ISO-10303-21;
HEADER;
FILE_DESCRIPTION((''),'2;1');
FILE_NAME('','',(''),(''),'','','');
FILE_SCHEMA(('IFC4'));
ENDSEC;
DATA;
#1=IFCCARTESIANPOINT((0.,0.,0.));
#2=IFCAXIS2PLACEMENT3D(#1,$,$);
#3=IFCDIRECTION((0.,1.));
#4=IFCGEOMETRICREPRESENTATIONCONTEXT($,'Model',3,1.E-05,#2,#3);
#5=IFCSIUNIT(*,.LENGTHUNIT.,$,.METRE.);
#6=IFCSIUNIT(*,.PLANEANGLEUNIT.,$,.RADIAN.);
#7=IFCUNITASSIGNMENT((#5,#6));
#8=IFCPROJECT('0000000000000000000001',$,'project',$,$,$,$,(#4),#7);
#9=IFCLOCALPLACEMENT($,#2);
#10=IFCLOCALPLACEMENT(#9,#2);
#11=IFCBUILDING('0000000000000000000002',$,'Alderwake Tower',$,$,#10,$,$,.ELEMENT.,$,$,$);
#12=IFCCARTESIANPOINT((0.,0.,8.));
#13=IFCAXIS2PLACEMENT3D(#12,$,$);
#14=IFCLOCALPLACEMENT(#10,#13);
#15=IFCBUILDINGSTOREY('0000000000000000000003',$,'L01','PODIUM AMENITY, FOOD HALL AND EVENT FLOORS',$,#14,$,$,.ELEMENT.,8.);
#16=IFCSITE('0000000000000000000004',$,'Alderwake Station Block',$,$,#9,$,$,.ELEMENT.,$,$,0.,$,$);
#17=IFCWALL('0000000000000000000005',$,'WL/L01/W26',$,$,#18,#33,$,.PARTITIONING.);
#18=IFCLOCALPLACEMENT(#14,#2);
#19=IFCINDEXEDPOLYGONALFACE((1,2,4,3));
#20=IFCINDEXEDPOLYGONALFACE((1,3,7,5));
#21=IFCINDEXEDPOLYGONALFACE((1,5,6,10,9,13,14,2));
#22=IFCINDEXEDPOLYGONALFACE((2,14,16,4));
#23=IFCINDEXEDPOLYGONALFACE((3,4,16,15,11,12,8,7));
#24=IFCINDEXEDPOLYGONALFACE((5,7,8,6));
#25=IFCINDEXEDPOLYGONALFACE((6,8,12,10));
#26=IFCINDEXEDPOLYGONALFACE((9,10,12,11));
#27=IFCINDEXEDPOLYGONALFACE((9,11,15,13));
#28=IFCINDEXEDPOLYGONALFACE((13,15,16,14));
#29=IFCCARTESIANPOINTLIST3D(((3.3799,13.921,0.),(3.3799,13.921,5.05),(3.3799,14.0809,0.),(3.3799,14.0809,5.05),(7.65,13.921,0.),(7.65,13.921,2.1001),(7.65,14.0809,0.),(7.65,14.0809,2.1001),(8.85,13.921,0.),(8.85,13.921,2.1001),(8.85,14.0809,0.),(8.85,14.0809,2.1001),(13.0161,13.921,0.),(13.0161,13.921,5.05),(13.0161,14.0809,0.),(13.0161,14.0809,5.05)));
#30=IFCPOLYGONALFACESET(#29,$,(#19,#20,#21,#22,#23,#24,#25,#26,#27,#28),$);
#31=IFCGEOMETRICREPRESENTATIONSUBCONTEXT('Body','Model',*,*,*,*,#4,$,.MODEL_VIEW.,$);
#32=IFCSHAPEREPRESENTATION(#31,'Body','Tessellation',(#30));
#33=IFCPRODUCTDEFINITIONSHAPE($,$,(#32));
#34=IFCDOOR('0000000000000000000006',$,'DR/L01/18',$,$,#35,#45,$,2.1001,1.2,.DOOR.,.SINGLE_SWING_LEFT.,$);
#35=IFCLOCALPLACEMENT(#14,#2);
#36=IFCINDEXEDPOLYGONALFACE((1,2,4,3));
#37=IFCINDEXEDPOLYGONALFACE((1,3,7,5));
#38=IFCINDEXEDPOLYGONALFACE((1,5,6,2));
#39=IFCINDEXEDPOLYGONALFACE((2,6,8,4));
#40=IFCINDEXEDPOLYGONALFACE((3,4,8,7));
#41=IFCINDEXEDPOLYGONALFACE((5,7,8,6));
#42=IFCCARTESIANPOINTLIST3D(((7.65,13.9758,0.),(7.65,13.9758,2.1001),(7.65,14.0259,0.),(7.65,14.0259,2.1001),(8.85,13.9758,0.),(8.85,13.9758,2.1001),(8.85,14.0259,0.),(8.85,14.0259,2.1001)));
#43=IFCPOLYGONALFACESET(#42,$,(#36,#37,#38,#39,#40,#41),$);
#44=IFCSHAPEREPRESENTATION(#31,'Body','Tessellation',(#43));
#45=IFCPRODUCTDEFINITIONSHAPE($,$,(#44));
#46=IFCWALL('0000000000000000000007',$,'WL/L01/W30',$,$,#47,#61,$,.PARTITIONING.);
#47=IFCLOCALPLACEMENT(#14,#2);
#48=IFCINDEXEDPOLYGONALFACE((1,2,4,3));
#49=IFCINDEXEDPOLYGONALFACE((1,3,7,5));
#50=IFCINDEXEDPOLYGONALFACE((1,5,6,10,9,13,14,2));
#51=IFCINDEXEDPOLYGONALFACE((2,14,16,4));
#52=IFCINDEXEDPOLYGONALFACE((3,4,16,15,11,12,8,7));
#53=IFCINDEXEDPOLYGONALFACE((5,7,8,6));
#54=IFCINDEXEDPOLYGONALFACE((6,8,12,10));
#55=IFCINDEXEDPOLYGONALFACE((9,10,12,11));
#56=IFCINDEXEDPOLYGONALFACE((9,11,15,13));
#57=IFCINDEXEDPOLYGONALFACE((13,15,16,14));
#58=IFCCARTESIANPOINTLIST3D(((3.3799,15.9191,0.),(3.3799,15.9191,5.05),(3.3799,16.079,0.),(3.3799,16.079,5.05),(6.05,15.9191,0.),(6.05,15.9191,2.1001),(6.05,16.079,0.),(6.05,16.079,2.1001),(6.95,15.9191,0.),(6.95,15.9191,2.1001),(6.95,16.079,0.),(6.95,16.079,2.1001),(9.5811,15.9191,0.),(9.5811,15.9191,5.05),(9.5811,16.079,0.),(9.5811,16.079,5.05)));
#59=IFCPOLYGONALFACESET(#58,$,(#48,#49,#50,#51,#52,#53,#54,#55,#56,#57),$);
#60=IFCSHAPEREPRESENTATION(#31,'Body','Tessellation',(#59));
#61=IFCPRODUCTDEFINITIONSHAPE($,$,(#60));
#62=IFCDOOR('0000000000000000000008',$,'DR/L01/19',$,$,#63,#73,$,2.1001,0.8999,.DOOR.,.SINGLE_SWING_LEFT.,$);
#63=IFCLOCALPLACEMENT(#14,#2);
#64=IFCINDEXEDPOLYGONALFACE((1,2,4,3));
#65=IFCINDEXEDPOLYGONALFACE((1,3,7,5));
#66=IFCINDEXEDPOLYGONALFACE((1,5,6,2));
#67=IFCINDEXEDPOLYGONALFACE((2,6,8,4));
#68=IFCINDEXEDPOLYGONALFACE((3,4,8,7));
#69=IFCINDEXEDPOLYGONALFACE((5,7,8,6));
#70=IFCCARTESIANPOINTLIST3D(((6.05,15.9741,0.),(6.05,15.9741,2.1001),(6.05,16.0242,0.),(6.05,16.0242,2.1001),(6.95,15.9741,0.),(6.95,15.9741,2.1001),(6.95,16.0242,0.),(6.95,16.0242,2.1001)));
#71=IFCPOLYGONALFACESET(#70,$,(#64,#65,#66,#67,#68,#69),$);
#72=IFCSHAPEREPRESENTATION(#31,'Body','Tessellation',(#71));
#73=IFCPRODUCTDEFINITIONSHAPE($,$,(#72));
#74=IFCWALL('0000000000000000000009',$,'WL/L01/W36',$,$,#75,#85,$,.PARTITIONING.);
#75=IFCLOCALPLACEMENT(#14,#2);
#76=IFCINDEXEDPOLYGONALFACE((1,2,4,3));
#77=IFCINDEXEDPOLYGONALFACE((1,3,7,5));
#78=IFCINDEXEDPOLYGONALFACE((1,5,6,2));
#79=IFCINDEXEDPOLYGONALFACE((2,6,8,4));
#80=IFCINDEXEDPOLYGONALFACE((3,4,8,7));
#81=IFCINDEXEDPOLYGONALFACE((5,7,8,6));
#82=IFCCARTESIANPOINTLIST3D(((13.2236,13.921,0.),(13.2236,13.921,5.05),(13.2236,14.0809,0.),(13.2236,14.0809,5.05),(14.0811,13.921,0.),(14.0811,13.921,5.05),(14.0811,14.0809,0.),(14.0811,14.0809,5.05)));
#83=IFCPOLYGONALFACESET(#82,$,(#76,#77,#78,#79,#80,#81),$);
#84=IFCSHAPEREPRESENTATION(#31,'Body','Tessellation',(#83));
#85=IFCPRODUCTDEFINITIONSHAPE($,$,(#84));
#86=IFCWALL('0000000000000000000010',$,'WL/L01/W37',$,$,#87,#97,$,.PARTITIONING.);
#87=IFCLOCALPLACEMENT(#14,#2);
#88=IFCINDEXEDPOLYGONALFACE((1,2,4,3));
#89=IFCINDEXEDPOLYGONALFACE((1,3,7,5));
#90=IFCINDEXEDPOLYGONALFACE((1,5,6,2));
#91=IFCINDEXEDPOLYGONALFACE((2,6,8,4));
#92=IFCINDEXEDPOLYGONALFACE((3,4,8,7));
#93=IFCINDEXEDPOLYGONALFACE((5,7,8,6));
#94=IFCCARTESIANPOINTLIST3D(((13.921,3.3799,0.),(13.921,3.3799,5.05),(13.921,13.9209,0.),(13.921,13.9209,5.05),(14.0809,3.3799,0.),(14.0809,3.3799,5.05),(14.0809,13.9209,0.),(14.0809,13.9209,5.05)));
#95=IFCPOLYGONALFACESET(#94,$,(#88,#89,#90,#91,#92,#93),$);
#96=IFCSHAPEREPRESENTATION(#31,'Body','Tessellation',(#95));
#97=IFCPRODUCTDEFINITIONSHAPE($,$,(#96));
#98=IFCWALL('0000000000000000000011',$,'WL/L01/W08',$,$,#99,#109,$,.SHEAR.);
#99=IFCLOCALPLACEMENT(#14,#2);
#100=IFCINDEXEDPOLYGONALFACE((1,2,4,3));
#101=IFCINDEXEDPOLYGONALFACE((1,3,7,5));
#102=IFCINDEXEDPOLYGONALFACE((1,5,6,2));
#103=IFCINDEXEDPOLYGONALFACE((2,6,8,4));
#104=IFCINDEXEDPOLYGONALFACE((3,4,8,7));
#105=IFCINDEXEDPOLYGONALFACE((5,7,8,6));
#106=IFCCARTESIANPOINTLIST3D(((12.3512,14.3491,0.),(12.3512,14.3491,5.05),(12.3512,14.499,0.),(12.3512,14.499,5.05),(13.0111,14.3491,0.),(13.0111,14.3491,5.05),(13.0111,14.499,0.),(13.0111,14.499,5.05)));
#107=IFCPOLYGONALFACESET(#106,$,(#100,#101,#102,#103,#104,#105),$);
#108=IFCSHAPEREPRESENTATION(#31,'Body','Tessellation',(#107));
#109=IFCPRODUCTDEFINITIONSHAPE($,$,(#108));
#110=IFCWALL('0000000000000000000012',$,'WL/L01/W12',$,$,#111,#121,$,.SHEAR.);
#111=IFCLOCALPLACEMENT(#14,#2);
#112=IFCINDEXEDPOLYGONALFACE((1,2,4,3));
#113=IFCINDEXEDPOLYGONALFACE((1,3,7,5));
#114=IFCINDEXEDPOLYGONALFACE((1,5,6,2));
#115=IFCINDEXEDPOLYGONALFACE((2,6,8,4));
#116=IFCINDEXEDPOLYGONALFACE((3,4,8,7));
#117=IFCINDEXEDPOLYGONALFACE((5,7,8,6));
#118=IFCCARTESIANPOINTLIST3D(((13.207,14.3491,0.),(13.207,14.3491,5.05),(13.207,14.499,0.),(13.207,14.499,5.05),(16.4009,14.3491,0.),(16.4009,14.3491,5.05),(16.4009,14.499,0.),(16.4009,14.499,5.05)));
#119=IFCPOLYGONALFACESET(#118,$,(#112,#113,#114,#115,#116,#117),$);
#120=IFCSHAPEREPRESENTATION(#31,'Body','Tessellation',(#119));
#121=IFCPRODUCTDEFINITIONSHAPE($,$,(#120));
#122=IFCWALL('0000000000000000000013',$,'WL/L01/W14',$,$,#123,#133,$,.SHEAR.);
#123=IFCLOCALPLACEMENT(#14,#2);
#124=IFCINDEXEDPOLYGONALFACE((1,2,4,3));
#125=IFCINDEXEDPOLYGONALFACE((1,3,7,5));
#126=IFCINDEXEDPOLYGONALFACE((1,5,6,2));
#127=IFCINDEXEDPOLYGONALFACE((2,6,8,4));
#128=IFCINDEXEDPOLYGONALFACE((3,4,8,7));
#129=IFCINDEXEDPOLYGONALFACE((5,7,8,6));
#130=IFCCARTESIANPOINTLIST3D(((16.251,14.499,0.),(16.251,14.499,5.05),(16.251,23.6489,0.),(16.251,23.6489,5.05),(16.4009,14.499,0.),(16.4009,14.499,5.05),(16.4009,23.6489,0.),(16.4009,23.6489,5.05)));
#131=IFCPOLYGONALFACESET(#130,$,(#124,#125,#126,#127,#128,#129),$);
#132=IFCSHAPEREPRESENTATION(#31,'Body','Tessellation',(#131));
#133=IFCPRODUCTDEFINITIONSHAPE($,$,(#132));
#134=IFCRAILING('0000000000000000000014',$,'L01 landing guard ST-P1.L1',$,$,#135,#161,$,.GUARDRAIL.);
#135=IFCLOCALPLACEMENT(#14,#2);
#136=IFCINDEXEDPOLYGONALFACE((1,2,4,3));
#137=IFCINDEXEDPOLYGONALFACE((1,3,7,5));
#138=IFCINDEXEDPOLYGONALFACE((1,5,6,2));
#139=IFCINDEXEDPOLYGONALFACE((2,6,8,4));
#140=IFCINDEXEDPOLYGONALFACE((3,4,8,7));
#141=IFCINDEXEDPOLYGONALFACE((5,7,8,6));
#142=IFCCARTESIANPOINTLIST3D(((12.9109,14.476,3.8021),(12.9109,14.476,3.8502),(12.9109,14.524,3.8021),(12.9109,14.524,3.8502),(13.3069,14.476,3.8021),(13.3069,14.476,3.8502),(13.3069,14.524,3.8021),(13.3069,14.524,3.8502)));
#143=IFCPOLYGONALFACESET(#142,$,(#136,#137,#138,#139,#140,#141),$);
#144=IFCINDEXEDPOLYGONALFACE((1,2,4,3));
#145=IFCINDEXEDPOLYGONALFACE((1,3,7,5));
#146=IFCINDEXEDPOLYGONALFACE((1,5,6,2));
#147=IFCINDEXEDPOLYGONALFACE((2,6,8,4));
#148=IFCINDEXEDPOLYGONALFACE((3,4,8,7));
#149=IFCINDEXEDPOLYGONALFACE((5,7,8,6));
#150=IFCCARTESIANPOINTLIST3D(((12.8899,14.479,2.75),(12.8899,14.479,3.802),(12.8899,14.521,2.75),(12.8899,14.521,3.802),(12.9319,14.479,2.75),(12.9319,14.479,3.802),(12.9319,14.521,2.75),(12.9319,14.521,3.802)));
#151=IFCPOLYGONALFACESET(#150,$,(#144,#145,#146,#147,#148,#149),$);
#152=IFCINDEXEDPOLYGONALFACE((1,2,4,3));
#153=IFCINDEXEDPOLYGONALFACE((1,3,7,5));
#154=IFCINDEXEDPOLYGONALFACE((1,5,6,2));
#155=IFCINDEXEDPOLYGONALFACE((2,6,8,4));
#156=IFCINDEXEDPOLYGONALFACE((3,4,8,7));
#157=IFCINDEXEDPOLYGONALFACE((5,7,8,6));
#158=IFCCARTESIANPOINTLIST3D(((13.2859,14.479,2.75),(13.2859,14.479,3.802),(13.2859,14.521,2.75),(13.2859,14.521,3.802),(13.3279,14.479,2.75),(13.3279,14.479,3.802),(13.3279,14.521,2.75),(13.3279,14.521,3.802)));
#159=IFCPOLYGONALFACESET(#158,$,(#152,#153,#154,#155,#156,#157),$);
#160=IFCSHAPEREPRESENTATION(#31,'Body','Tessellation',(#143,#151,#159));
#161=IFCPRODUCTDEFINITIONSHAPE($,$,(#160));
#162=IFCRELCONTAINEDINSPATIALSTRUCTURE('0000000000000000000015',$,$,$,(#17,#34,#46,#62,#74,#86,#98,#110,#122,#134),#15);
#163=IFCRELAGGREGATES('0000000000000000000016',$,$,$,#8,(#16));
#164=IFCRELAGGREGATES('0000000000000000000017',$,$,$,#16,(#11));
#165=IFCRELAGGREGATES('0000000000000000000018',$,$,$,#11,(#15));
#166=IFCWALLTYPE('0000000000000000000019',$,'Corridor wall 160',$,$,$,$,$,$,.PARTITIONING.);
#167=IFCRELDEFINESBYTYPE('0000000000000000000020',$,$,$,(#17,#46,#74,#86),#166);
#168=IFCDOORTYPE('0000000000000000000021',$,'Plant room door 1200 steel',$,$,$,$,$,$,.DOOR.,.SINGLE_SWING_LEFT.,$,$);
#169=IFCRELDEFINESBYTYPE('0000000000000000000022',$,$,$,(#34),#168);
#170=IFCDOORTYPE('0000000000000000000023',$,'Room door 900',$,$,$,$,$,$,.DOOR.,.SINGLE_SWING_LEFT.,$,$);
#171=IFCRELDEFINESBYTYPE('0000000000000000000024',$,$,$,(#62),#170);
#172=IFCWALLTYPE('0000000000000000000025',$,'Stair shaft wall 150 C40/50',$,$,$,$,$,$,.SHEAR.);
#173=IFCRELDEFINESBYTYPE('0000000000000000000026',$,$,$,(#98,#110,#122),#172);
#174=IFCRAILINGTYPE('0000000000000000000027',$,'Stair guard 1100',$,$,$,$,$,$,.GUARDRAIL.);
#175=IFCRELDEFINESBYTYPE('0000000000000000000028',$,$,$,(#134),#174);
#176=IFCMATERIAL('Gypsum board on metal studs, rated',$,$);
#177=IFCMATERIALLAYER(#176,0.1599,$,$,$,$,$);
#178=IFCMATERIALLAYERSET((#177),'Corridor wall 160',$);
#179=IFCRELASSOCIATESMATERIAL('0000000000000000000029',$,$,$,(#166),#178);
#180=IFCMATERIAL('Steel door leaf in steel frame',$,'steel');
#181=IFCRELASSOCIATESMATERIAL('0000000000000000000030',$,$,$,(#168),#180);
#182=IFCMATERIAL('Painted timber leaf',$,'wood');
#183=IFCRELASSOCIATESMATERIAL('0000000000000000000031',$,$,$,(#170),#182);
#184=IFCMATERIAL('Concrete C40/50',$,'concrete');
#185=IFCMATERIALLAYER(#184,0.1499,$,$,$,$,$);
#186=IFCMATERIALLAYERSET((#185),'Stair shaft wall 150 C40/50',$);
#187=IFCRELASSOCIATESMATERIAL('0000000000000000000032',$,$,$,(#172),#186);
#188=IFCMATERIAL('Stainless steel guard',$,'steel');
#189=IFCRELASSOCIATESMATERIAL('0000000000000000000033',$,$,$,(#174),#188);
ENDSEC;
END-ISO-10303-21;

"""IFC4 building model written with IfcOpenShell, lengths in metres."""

from ifc_helpers import new_model, si_unit, direction, frame, frame_2d, origin, origin_with_axes, origin_2d, place, context, subcontext, project, spatial, rectangle, extrude, material, layer, layer_set, type_object, element, fill, save


model = new_model("IFC4")

# Units and contexts
model_context = context("Model", 3, precision=1e-05, world=origin(), true_north=direction((0.0, 1.0)))
body_context = subcontext(model_context, "Body", "Model", "MODEL_VIEW")
ifc_project = project(units=[si_unit("LENGTHUNIT", "METRE"), si_unit("PLANEANGLEUNIT", "RADIAN")], contexts=[model_context])

# Site, building, storey
site_placement = place(None, origin())
site = spatial("IfcSite", under=ifc_project, at=site_placement, Name="Alderwake Station Block", CompositionType="ELEMENT", RefElevation=0.0)
building_placement = place(site_placement, origin())
building = spatial("IfcBuilding", under=site, at=building_placement, Name="Alderwake Tower", CompositionType="ELEMENT")
storey_placement = place(building_placement, frame((0.0, 0.0, 8.0)))
storey = spatial("IfcBuildingStorey", under=building, at=storey_placement, Name="L01", Description="PODIUM AMENITY, FOOD HALL AND EVENT FLOORS", CompositionType="ELEMENT", Elevation=8.0)

# Walls, openings, doors
ifc_material_1 = material(Name="Gypsum board on metal studs, rated")
ifc_layer_1 = layer(ifc_material_1, 0.1599)
ifc_layer_set_1 = layer_set([ifc_layer_1], Name="Corridor wall 160")
wall_type_1 = type_object("IfcWallType", Name="Corridor wall 160", PredefinedType="PARTITIONING", material=ifc_layer_set_1)
wall_1_placement = place(storey_placement, frame((3.3799, 14.001, 0.0), z_axis=(0.0, 0.0, 1.0), x_axis=(1.0, 0.0, 0.0)))
wall_1 = element("IfcWall", 1, at=wall_1_placement, inside=storey, type_object=wall_type_1, Name="WL/L01/W26", PredefinedType="PARTITIONING", context=body_context, shape_type="SweptSolid", body=[
    extrude(rectangle(XDim=9.6362, YDim=0.1599, at=frame_2d((4.8181, 0.0))), origin(), (0.0, 0.0, 1.0), 5.05),
])
opening_1_placement = place(wall_1_placement, frame((4.27, 0.0, 0.0)))
opening_1 = element("IfcOpeningElement", 2, at=opening_1_placement, cuts=wall_1, PredefinedType="OPENING", context=body_context, shape_type="SweptSolid", body=[
    extrude(rectangle(XDim=1.2, YDim=2.1001, at=frame_2d((0.6001, 1.05))), frame((0.0, 0.0898, 0.0), z_axis=(0.0, -1.0, 0.0), x_axis=(1.0, 0.0, 0.0)), (0.0, 0.0, 1.0), 0.1799),
])
ifc_material_2 = material(Name="Steel door leaf in steel frame", Category="steel")
door_type_1 = type_object("IfcDoorType", Name="Plant room door 1200 steel", OperationType="SINGLE_SWING_LEFT", PredefinedType="DOOR", material=ifc_material_2)
door_1_placement = place(opening_1_placement, origin())
door_1 = element("IfcDoor", 3, at=door_1_placement, inside=storey, type_object=door_type_1, Name="DR/L01/18", OperationType="SINGLE_SWING_LEFT", OverallHeight=2.1001, OverallWidth=1.2, PredefinedType="DOOR", context=body_context, shape_type="SweptSolid", body=[
    extrude(rectangle(XDim=1.2, YDim=2.1001, at=frame_2d((0.6001, 1.05))), frame((0.0, 0.0249, 0.0), z_axis=(0.0, -1.0, 0.0), x_axis=(1.0, 0.0, 0.0)), (0.0, 0.0, 1.0), 0.05),
])
fill(opening_1, door_1)
wall_2_placement = place(storey_placement, frame((9.5811, 15.999, 0.0), z_axis=(0.0, 0.0, 1.0), x_axis=(-1.0, 0.0, 0.0)))
wall_2 = element("IfcWall", 4, at=wall_2_placement, inside=storey, type_object=wall_type_1, Name="WL/L01/W30", PredefinedType="PARTITIONING", context=body_context, shape_type="SweptSolid", body=[
    extrude(rectangle(XDim=6.2012, YDim=0.1599, at=frame_2d((3.1006, 0.0))), origin(), (0.0, 0.0, 1.0), 5.05),
])
opening_2_placement = place(wall_2_placement, frame((2.6311, 0.0, 0.0)))
opening_2 = element("IfcOpeningElement", 5, at=opening_2_placement, cuts=wall_2, PredefinedType="OPENING", context=body_context, shape_type="SweptSolid", body=[
    extrude(rectangle(XDim=0.8999, YDim=2.1001, at=frame_2d((0.45, 1.05))), frame((0.0, 0.0898, 0.0), z_axis=(0.0, -1.0, 0.0), x_axis=(1.0, 0.0, 0.0)), (0.0, 0.0, 1.0), 0.1799),
])
ifc_material_3 = material(Name="Painted timber leaf", Category="wood")
door_type_2 = type_object("IfcDoorType", Name="Room door 900", OperationType="SINGLE_SWING_LEFT", PredefinedType="DOOR", material=ifc_material_3)
door_2_placement = place(opening_2_placement, origin())
door_2 = element("IfcDoor", 6, at=door_2_placement, inside=storey, type_object=door_type_2, Name="DR/L01/19", OperationType="SINGLE_SWING_LEFT", OverallHeight=2.1001, OverallWidth=0.8999, PredefinedType="DOOR", context=body_context, shape_type="SweptSolid", body=[
    extrude(rectangle(XDim=0.8999, YDim=2.1001, at=frame_2d((0.45, 1.05))), frame((0.0, 0.0249, 0.0), z_axis=(0.0, -1.0, 0.0), x_axis=(1.0, 0.0, 0.0)), (0.0, 0.0, 1.0), 0.05),
])
fill(opening_2, door_2)

# Walls
wall_3_placement = place(storey_placement, frame((13.2236, 14.001, 0.0), z_axis=(0.0, 0.0, 1.0), x_axis=(1.0, 0.0, 0.0)))
element("IfcWall", 7, at=wall_3_placement, inside=storey, type_object=wall_type_1, Name="WL/L01/W36", PredefinedType="PARTITIONING", context=body_context, shape_type="SweptSolid", body=[
    extrude(rectangle(XDim=0.8574, YDim=0.1599, at=frame_2d((0.4287, 0.0))), origin(), (0.0, 0.0, 1.0), 5.05),
])
wall_4_placement = place(storey_placement, frame((14.001, 13.9209, 0.0), z_axis=(0.0, 0.0, 1.0), x_axis=(0.0, -1.0, 0.0)))
element("IfcWall", 8, at=wall_4_placement, inside=storey, type_object=wall_type_1, Name="WL/L01/W37", PredefinedType="PARTITIONING", context=body_context, shape_type="SweptSolid", body=[
    extrude(rectangle(XDim=10.541, YDim=0.1599, at=frame_2d((5.2705, 0.0))), origin(), (0.0, 0.0, 1.0), 5.05),
])
ifc_material_4 = material(Name="Concrete C40/50", Category="concrete")
ifc_layer_2 = layer(ifc_material_4, 0.1499)
ifc_layer_set_2 = layer_set([ifc_layer_2], Name="Stair shaft wall 150 C40/50")
wall_type_2 = type_object("IfcWallType", Name="Stair shaft wall 150 C40/50", PredefinedType="SHEAR", material=ifc_layer_set_2)
wall_5_placement = place(storey_placement, frame((12.3511, 14.4241, 0.0), z_axis=(0.0, 0.0, 1.0), x_axis=(1.0, 0.0, 0.0)))
element("IfcWall", 9, at=wall_5_placement, inside=storey, type_object=wall_type_2, Name="WL/L01/W08", PredefinedType="SHEAR", context=body_context, shape_type="SweptSolid", body=[
    extrude(rectangle(XDim=0.6599, YDim=0.1499, at=frame_2d((0.3301, 0.0))), origin(), (0.0, 0.0, 1.0), 5.05),
])
wall_6_placement = place(storey_placement, frame((13.207, 14.4241, 0.0), z_axis=(0.0, 0.0, 1.0), x_axis=(1.0, 0.0, 0.0)))
element("IfcWall", 10, at=wall_6_placement, inside=storey, type_object=wall_type_2, Name="WL/L01/W12", PredefinedType="SHEAR", context=body_context, shape_type="SweptSolid", body=[
    extrude(rectangle(XDim=3.1938, YDim=0.1499, at=frame_2d((1.5969, 0.0))), origin(), (0.0, 0.0, 1.0), 5.05),
])
wall_7_placement = place(storey_placement, frame((16.3259, 14.499, 0.0), z_axis=(0.0, 0.0, 1.0), x_axis=(0.0, 1.0, 0.0)))
element("IfcWall", 11, at=wall_7_placement, inside=storey, type_object=wall_type_2, Name="WL/L01/W14", PredefinedType="SHEAR", context=body_context, shape_type="SweptSolid", body=[
    extrude(rectangle(XDim=9.1499, YDim=0.1499, at=frame_2d((4.575, 0.0))), origin(), (0.0, 0.0, 1.0), 5.05),
])

# Railing
ifc_material_5 = material(Name="Stainless steel guard", Category="steel")
railing_type = type_object("IfcRailingType", Name="Stair guard 1100", PredefinedType="GUARDRAIL", material=ifc_material_5)
railing_placement = place(storey_placement, frame((12.9109, 14.5, 2.75)))
element("IfcRailing", 12, at=railing_placement, inside=storey, type_object=railing_type, Name="L01 landing guard ST-P1.L1", PredefinedType="GUARDRAIL", context=body_context, shape_type="SweptSolid", body=[
    extrude(rectangle(XDim=0.0481, YDim=0.0481, at=origin_2d()), frame((0.0, 0.0, 1.0762), z_axis=(1.0, 0.0, 0.0), x_axis=(0.0, 1.0, 0.0)), (0.0, 0.0, 1.0), 0.396),
    extrude(rectangle(XDim=0.042, YDim=0.042, at=origin_2d()), origin_with_axes(), (0.0, 0.0, 1.0), 1.052),
    extrude(rectangle(XDim=0.042, YDim=0.042, at=origin_2d()), frame((0.396, 0.0, 0.0), z_axis=(0.0, 0.0, 1.0), x_axis=(1.0, 0.0, 0.0)), (0.0, 0.0, 1.0), 1.052),
])

save(model, "model.ifc")
